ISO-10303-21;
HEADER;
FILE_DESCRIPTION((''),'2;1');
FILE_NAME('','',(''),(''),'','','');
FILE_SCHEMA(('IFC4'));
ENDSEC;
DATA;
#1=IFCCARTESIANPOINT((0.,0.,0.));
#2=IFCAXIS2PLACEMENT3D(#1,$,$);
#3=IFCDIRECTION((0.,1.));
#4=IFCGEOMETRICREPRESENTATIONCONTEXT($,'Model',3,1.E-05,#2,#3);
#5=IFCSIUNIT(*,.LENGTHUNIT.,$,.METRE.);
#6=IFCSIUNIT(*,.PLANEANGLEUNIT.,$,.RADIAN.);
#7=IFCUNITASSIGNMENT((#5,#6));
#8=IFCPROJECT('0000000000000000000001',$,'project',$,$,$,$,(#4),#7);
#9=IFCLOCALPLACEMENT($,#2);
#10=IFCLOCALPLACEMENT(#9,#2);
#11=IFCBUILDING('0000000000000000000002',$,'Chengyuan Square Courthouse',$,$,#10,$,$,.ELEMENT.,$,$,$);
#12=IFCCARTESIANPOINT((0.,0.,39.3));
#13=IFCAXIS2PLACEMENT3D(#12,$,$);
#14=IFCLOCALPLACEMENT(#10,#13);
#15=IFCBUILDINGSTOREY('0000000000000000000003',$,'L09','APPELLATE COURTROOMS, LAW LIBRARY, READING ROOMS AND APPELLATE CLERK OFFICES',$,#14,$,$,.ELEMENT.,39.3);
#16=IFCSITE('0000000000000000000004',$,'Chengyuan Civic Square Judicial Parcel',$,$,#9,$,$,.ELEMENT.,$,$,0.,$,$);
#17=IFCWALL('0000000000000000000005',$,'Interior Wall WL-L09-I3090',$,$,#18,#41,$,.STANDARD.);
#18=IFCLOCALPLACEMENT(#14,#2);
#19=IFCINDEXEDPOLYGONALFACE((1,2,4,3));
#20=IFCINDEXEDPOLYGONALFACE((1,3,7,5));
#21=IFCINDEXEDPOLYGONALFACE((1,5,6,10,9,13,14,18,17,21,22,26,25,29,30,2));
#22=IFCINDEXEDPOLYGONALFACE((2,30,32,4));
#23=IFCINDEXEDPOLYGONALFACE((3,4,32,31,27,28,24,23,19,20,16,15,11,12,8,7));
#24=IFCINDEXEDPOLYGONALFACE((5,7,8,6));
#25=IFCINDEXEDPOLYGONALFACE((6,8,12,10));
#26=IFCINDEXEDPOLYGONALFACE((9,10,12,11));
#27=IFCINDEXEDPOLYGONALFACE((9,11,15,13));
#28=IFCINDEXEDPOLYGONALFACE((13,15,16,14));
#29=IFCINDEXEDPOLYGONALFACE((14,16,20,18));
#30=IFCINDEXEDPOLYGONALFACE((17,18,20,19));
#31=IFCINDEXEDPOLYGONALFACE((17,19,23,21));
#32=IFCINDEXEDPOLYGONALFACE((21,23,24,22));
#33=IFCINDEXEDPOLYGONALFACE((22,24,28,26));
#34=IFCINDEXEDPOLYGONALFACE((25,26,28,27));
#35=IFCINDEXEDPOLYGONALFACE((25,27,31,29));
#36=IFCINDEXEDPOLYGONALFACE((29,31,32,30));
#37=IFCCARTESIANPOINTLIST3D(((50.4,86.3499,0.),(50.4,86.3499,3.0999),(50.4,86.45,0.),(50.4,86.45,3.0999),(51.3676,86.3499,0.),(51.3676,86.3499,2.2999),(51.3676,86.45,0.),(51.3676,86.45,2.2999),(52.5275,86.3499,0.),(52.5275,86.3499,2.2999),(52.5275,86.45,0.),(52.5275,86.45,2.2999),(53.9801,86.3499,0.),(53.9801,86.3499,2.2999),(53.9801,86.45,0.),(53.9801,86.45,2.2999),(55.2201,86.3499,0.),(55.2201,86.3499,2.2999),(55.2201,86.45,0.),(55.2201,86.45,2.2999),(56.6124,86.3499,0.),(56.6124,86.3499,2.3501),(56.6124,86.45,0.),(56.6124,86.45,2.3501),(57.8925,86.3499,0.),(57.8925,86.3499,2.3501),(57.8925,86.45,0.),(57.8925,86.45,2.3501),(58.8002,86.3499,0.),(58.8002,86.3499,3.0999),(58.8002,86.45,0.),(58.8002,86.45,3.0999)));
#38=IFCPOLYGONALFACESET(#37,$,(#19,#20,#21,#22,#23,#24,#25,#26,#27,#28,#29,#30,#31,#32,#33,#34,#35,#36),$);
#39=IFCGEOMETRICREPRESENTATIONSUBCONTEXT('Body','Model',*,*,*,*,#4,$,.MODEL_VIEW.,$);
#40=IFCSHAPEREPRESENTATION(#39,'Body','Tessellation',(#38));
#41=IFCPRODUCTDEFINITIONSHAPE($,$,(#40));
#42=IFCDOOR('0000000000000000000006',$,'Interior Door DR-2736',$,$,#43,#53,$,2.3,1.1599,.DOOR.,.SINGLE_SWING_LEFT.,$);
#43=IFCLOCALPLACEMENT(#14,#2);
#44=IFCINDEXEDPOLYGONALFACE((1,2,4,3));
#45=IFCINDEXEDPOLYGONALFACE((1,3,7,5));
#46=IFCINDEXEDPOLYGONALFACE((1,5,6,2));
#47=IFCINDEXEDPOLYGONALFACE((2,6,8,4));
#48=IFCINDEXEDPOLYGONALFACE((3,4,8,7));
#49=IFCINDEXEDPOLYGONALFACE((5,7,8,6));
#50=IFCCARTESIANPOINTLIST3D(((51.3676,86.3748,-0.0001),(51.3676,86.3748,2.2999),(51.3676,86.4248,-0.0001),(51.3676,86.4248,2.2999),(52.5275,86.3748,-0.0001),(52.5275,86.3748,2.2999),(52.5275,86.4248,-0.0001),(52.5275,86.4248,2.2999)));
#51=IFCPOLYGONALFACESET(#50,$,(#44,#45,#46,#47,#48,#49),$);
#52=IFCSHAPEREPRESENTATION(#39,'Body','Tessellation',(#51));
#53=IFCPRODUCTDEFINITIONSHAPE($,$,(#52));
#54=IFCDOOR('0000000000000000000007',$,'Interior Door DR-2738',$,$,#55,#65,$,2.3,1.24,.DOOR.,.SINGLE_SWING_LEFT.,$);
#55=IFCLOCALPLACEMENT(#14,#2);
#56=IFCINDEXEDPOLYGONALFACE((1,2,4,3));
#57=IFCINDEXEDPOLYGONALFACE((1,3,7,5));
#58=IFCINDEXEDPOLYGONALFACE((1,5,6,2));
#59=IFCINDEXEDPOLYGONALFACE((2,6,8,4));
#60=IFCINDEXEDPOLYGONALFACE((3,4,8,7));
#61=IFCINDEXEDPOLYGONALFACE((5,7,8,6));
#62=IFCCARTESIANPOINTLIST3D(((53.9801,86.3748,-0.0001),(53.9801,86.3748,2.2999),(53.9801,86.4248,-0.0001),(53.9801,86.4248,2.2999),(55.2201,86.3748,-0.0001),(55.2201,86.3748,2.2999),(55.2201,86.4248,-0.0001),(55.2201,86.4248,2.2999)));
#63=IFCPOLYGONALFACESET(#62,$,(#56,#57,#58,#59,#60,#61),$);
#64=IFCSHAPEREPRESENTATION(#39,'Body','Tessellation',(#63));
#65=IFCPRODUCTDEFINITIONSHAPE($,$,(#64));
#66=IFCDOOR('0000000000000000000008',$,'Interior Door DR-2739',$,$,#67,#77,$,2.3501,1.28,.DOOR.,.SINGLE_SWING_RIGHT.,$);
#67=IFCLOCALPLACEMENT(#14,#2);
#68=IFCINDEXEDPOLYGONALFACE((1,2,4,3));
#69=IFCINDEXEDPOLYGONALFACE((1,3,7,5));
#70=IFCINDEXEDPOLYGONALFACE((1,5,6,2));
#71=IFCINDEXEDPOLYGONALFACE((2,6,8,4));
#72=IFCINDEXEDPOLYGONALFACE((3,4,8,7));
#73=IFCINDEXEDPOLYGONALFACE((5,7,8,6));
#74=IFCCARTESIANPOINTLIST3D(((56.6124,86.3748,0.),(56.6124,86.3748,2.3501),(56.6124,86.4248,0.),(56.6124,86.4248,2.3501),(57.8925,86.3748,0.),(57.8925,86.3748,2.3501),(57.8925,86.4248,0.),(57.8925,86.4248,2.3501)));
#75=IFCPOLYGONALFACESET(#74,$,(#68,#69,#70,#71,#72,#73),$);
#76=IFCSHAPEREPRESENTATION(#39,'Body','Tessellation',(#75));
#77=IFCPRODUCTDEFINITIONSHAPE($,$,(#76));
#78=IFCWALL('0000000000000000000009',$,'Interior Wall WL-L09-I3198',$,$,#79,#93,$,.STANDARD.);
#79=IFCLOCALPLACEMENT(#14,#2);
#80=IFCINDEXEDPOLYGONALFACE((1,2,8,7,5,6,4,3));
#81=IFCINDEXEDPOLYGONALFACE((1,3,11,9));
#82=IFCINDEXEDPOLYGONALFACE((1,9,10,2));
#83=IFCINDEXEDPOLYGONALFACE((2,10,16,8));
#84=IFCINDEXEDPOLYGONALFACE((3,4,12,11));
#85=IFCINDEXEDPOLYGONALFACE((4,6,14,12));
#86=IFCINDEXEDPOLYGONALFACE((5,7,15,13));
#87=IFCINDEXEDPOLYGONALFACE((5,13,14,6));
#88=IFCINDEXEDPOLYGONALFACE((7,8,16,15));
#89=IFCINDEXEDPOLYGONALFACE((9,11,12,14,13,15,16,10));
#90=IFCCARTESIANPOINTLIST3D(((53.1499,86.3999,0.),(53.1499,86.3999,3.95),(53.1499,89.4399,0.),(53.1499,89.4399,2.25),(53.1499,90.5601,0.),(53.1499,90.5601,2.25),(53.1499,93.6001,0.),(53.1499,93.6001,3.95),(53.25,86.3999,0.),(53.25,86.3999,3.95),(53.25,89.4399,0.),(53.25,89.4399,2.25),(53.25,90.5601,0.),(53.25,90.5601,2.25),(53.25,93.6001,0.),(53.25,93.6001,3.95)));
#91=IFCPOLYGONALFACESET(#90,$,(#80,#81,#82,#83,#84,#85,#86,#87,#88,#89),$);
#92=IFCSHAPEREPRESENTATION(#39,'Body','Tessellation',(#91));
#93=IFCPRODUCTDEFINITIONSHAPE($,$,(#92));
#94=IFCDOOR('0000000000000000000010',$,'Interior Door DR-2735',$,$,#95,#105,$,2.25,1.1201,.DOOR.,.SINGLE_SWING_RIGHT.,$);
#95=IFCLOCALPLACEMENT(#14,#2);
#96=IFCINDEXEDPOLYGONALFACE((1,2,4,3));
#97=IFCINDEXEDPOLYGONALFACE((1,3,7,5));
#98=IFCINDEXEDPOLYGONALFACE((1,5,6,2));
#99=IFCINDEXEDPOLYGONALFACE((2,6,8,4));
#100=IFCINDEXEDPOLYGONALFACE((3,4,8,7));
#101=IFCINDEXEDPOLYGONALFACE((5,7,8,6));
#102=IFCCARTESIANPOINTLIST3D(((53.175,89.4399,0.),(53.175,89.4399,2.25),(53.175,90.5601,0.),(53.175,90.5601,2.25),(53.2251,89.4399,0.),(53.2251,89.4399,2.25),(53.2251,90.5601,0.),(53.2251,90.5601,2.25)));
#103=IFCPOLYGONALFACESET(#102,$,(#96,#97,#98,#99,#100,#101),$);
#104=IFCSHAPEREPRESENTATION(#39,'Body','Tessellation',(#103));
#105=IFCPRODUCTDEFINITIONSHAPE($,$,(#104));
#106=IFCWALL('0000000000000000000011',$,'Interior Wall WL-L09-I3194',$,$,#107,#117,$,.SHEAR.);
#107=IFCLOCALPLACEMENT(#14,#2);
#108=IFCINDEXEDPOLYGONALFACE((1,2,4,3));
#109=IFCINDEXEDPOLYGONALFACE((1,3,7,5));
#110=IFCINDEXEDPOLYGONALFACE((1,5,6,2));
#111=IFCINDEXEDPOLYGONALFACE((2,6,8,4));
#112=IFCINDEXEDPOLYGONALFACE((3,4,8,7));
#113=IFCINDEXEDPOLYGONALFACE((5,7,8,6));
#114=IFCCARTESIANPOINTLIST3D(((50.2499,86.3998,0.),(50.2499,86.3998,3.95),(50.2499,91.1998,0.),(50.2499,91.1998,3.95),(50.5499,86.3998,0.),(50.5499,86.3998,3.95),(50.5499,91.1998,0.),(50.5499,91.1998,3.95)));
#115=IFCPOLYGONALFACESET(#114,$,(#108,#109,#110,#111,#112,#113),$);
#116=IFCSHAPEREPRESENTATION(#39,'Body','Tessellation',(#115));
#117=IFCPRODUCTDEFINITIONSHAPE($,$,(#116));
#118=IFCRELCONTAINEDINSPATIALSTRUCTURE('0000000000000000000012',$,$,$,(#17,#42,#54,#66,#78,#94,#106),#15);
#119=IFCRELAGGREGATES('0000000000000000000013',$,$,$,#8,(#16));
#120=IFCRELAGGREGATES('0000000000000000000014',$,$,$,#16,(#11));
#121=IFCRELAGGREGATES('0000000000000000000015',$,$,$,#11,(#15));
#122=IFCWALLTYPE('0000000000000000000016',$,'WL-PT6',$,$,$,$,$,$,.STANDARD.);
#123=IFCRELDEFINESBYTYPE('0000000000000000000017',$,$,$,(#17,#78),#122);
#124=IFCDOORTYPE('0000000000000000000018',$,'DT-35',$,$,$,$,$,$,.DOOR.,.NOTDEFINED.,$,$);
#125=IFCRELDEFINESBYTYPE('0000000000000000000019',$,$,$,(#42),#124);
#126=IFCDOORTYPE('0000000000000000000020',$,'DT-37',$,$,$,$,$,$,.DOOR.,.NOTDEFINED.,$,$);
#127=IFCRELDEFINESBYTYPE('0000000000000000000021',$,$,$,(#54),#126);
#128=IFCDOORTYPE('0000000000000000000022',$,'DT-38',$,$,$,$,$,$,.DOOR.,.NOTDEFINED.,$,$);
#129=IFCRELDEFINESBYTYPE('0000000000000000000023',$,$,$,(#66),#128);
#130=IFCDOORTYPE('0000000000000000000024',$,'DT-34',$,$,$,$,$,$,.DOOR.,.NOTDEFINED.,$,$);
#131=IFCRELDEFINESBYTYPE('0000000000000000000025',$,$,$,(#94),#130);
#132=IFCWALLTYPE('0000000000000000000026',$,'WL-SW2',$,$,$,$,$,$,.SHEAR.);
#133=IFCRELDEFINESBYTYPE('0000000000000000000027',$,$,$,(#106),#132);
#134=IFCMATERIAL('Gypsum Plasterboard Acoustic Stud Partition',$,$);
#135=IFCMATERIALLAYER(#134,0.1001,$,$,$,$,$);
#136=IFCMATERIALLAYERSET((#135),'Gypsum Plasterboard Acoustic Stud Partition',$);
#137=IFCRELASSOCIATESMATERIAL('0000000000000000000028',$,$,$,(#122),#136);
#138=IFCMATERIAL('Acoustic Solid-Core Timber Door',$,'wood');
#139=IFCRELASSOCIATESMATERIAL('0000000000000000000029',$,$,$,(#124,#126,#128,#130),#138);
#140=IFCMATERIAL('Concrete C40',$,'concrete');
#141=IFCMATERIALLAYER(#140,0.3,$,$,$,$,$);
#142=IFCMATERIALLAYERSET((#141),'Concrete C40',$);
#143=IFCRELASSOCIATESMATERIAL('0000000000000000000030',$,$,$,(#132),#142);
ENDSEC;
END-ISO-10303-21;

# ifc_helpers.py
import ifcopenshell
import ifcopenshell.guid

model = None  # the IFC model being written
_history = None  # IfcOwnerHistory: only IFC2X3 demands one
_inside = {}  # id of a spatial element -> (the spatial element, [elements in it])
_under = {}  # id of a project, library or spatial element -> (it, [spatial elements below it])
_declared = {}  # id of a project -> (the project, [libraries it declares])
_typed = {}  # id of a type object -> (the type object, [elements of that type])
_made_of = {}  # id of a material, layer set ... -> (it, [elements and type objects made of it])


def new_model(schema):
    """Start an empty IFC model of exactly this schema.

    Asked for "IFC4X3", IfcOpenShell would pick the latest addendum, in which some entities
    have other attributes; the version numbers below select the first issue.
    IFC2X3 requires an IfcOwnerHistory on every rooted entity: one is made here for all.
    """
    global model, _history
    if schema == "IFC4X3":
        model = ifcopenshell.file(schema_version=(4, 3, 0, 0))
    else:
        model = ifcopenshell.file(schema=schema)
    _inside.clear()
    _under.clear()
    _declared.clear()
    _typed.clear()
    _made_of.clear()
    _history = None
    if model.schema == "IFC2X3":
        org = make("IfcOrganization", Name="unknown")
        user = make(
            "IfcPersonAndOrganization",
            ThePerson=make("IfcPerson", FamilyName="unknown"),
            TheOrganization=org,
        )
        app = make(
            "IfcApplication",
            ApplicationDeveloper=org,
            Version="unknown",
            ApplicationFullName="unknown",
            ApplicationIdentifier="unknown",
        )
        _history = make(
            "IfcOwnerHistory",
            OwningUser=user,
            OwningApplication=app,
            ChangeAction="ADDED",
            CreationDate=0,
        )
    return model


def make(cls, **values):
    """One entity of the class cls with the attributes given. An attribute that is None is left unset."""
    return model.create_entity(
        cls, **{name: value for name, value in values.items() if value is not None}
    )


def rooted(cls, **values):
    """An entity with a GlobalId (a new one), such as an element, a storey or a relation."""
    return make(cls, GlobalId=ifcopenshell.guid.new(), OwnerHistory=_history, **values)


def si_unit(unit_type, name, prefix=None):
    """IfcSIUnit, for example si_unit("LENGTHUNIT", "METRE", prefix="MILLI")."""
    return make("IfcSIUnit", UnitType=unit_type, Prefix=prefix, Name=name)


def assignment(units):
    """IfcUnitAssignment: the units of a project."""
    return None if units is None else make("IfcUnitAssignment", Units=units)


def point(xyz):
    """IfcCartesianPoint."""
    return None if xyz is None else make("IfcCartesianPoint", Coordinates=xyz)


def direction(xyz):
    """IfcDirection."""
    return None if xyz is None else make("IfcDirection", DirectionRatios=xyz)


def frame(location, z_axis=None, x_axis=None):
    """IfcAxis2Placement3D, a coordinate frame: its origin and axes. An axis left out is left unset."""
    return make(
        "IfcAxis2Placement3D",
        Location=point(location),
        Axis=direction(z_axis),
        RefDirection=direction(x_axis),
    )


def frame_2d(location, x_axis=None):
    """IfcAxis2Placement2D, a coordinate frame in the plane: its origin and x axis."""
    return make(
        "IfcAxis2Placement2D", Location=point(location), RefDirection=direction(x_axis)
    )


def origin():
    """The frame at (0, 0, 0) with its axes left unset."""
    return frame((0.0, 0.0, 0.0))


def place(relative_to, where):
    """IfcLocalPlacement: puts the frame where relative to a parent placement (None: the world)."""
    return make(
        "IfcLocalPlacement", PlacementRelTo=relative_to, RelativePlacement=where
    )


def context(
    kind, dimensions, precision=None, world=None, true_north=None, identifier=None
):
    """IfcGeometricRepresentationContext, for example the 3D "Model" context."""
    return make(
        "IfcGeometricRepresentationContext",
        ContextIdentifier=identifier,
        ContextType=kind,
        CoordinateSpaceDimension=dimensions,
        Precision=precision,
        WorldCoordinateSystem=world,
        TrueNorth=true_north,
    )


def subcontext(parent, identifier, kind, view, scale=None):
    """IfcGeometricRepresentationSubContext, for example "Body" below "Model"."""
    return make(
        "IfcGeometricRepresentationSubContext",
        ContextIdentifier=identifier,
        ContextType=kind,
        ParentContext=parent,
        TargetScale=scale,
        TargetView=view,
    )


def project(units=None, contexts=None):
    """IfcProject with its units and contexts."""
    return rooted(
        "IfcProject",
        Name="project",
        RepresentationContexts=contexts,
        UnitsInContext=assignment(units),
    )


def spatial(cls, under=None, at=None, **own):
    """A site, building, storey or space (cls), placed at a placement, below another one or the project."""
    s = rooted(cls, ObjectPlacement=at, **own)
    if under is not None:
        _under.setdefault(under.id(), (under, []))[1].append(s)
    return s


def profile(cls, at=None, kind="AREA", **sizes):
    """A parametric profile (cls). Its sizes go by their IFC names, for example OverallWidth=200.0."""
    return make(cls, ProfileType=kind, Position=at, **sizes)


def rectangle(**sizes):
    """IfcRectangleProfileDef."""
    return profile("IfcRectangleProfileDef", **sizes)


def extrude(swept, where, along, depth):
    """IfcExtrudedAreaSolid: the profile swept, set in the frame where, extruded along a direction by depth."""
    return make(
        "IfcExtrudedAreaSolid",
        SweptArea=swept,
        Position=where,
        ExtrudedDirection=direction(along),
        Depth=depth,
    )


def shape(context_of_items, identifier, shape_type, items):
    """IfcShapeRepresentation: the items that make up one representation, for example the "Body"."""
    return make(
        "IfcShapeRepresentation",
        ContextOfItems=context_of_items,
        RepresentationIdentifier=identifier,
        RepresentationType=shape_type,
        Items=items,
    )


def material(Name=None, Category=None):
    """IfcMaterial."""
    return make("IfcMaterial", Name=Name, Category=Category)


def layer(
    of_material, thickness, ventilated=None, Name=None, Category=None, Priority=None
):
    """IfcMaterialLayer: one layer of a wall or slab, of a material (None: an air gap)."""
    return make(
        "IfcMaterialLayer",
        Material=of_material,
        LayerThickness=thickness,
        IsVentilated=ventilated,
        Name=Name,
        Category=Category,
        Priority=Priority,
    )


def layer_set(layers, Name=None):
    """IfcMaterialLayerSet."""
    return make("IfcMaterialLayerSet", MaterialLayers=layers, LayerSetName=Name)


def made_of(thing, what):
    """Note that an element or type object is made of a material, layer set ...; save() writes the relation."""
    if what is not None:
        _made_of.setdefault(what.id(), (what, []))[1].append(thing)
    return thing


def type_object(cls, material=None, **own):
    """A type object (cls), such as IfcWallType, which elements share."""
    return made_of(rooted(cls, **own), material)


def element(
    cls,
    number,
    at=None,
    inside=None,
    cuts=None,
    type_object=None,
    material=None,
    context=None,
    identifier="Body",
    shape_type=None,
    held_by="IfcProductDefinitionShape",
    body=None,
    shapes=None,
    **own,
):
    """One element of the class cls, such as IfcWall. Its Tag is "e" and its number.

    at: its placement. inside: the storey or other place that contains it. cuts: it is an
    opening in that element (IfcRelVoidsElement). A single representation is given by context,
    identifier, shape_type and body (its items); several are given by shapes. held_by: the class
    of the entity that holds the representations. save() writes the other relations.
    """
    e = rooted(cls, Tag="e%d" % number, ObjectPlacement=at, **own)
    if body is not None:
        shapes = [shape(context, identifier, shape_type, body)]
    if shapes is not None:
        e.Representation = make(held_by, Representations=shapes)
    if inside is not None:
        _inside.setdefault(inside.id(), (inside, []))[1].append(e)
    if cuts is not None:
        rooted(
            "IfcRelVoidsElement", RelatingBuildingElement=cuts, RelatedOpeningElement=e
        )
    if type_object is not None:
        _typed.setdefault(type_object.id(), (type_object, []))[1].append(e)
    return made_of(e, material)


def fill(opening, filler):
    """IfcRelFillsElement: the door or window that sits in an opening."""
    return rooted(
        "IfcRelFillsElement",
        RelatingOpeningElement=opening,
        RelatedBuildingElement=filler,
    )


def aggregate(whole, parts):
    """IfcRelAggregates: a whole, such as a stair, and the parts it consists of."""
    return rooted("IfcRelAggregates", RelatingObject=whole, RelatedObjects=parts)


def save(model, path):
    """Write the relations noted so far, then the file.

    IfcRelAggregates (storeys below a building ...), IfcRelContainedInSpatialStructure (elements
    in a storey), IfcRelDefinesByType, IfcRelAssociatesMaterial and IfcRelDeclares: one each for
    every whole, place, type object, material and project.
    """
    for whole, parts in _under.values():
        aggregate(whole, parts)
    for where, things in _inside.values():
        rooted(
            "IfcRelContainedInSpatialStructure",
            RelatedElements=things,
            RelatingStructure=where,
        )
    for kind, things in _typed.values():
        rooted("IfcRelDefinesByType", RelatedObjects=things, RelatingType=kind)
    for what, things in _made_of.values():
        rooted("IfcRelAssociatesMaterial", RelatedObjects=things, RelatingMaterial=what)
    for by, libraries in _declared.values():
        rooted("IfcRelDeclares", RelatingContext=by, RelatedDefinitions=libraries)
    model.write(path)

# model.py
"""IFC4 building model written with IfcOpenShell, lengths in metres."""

from ifc_helpers import new_model, si_unit, direction, frame, frame_2d, origin, place, context, subcontext, project, spatial, rectangle, extrude, material, layer, layer_set, type_object, element, fill, save


model = new_model("IFC4")

# Units and contexts
model_context = context("Model", 3, precision=1e-05, world=origin(), true_north=direction((0.0, 1.0)))
body_context = subcontext(model_context, "Body", "Model", "MODEL_VIEW")
ifc_project = project(units=[si_unit("LENGTHUNIT", "METRE"), si_unit("PLANEANGLEUNIT", "RADIAN")], contexts=[model_context])

# Site, building, storey
site_placement = place(None, origin())
site = spatial("IfcSite", under=ifc_project, at=site_placement, Name="Chengyuan Civic Square Judicial Parcel", CompositionType="ELEMENT", RefElevation=0.0)
building_placement = place(site_placement, origin())
building = spatial("IfcBuilding", under=site, at=building_placement, Name="Chengyuan Square Courthouse", CompositionType="ELEMENT")
storey_placement = place(building_placement, frame((0.0, 0.0, 39.3)))
storey = spatial("IfcBuildingStorey", under=building, at=storey_placement, Name="L09", Description="APPELLATE COURTROOMS, LAW LIBRARY, READING ROOMS AND APPELLATE CLERK OFFICES", CompositionType="ELEMENT", Elevation=39.3)

# Shared definitions
ifc_material_1 = material(Name="Concrete C40", Category="concrete")

# Wall, openings, doors
ifc_material_2 = material(Name="Gypsum Plasterboard Acoustic Stud Partition")
ifc_layer_1 = layer(ifc_material_2, 0.1001)
ifc_layer_set_1 = layer_set([ifc_layer_1], Name="Gypsum Plasterboard Acoustic Stud Partition")
wall_type_1 = type_object("IfcWallType", Name="WL-PT6", PredefinedType="STANDARD", material=ifc_layer_set_1)
wall_1_placement = place(storey_placement, frame((50.3999, 86.3999, 0.0), z_axis=(0.0, 0.0, 1.0), x_axis=(1.0, 0.0, 0.0)))
wall_1 = element("IfcWall", 1, at=wall_1_placement, inside=storey, type_object=wall_type_1, Name="Interior Wall WL-L09-I3090", PredefinedType="STANDARD", context=body_context, shape_type="SweptSolid", body=[
    extrude(rectangle(XDim=8.4001, YDim=0.1001, at=frame_2d((4.2002, 0.0))), origin(), (0.0, 0.0, 1.0), 3.0999),
])
opening_1_placement = place(wall_1_placement, frame((0.9675, 0.0, 0.0)))
opening_1 = element("IfcOpeningElement", 2, at=opening_1_placement, cuts=wall_1, PredefinedType="OPENING", context=body_context, shape_type="SweptSolid", body=[
    extrude(rectangle(XDim=1.1599, YDim=2.3, at=frame_2d((0.5801, 1.1499))), frame((0.0, 0.062, 0.0), z_axis=(0.0, -1.0, 0.0), x_axis=(1.0, 0.0, 0.0)), (0.0, 0.0, 1.0), 0.124),
])
opening_2_placement = place(wall_1_placement, frame((3.5801, 0.0, 0.0)))
opening_2 = element("IfcOpeningElement", 3, at=opening_2_placement, cuts=wall_1, PredefinedType="OPENING", context=body_context, shape_type="SweptSolid", body=[
    extrude(rectangle(XDim=1.24, YDim=2.3, at=frame_2d((0.6201, 1.1499))), frame((0.0, 0.062, 0.0), z_axis=(0.0, -1.0, 0.0), x_axis=(1.0, 0.0, 0.0)), (0.0, 0.0, 1.0), 0.124),
])
opening_3_placement = place(wall_1_placement, frame((6.2124, 0.0, 0.0)))
opening_3 = element("IfcOpeningElement", 4, at=opening_3_placement, cuts=wall_1, PredefinedType="OPENING", context=body_context, shape_type="SweptSolid", body=[
    extrude(rectangle(XDim=1.28, YDim=2.3501, at=frame_2d((0.6401, 1.175))), frame((0.0, 0.062, 0.0), z_axis=(0.0, -1.0, 0.0), x_axis=(1.0, 0.0, 0.0)), (0.0, 0.0, 1.0), 0.124),
])
ifc_material_3 = material(Name="Acoustic Solid-Core Timber Door", Category="wood")
door_type_1 = type_object("IfcDoorType", Name="DT-35", OperationType="NOTDEFINED", PredefinedType="DOOR", material=ifc_material_3)
door_1_placement = place(opening_1_placement, origin())
door_1 = element("IfcDoor", 5, at=door_1_placement, inside=storey, type_object=door_type_1, Name="Interior Door DR-2736", OperationType="SINGLE_SWING_LEFT", OverallHeight=2.3, OverallWidth=1.1599, PredefinedType="DOOR", context=body_context, shape_type="SweptSolid", body=[
    extrude(rectangle(XDim=1.1599, YDim=2.3, at=frame_2d((0.5801, 1.1499))), frame((0.0, 0.0249, 0.0), z_axis=(0.0, -1.0, 0.0), x_axis=(1.0, 0.0, 0.0)), (0.0, 0.0, 1.0), 0.05),
])
fill(opening_1, door_1)
door_type_2 = type_object("IfcDoorType", Name="DT-37", OperationType="NOTDEFINED", PredefinedType="DOOR", material=ifc_material_3)
door_2_placement = place(opening_2_placement, origin())
door_2 = element("IfcDoor", 6, at=door_2_placement, inside=storey, type_object=door_type_2, Name="Interior Door DR-2738", OperationType="SINGLE_SWING_LEFT", OverallHeight=2.3, OverallWidth=1.24, PredefinedType="DOOR", context=body_context, shape_type="SweptSolid", body=[
    extrude(rectangle(XDim=1.24, YDim=2.3, at=frame_2d((0.6201, 1.1499))), frame((0.0, 0.0249, 0.0), z_axis=(0.0, -1.0, 0.0), x_axis=(1.0, 0.0, 0.0)), (0.0, 0.0, 1.0), 0.05),
])
fill(opening_2, door_2)
door_type_3 = type_object("IfcDoorType", Name="DT-38", OperationType="NOTDEFINED", PredefinedType="DOOR", material=ifc_material_3)
door_3_placement = place(opening_3_placement, origin())
door_3 = element("IfcDoor", 7, at=door_3_placement, inside=storey, type_object=door_type_3, Name="Interior Door DR-2739", OperationType="SINGLE_SWING_RIGHT", OverallHeight=2.3501, OverallWidth=1.28, PredefinedType="DOOR", context=body_context, shape_type="SweptSolid", body=[
    extrude(rectangle(XDim=1.28, YDim=2.3501, at=frame_2d((0.6401, 1.175))), frame((0.0, 0.0249, 0.0), z_axis=(0.0, -1.0, 0.0), x_axis=(1.0, 0.0, 0.0)), (0.0, 0.0, 1.0), 0.05),
])
fill(opening_3, door_3)

# Wall, opening, door
wall_2_placement = place(storey_placement, frame((53.2, 86.3999, 0.0), z_axis=(0.0, 0.0, 1.0), x_axis=(0.0, 1.0, 0.0)))
wall_2 = element("IfcWall", 8, at=wall_2_placement, inside=storey, type_object=wall_type_1, Name="Interior Wall WL-L09-I3198", PredefinedType="STANDARD", context=body_context, shape_type="SweptSolid", body=[
    extrude(rectangle(XDim=7.2002, YDim=0.1001, at=frame_2d((3.6001, 0.0))), origin(), (0.0, 0.0, 1.0), 3.95),
])
opening_4_placement = place(wall_2_placement, frame((3.04, 0.0, 0.0)))
opening_4 = element("IfcOpeningElement", 9, at=opening_4_placement, cuts=wall_2, PredefinedType="OPENING", context=body_context, shape_type="SweptSolid", body=[
    extrude(rectangle(XDim=1.1201, YDim=2.25, at=frame_2d((0.5601, 1.125))), frame((0.0, 0.062, 0.0), z_axis=(0.0, -1.0, 0.0), x_axis=(1.0, 0.0, 0.0)), (0.0, 0.0, 1.0), 0.124),
])
door_type_4 = type_object("IfcDoorType", Name="DT-34", OperationType="NOTDEFINED", PredefinedType="DOOR", material=ifc_material_3)
door_4_placement = place(opening_4_placement, origin())
door_4 = element("IfcDoor", 10, at=door_4_placement, inside=storey, type_object=door_type_4, Name="Interior Door DR-2735", OperationType="SINGLE_SWING_RIGHT", OverallHeight=2.25, OverallWidth=1.1201, PredefinedType="DOOR", context=body_context, shape_type="SweptSolid", body=[
    extrude(rectangle(XDim=1.1201, YDim=2.25, at=frame_2d((0.5601, 1.125))), frame((0.0, 0.0249, 0.0), z_axis=(0.0, -1.0, 0.0), x_axis=(1.0, 0.0, 0.0)), (0.0, 0.0, 1.0), 0.05),
])
fill(opening_4, door_4)

# Wall
ifc_layer_2 = layer(ifc_material_1, 0.3)
ifc_layer_set_2 = layer_set([ifc_layer_2], Name="Concrete C40")
wall_type_2 = type_object("IfcWallType", Name="WL-SW2", PredefinedType="SHEAR", material=ifc_layer_set_2)
wall_3_placement = place(storey_placement, frame((50.3999, 86.3999, 0.0), z_axis=(0.0, 0.0, 1.0), x_axis=(0.0, 1.0, 0.0)))
element("IfcWall", 11, at=wall_3_placement, inside=storey, type_object=wall_type_2, Name="Interior Wall WL-L09-I3194", PredefinedType="SHEAR", context=body_context, shape_type="SweptSolid", body=[
    extrude(rectangle(XDim=4.8, YDim=0.3, at=frame_2d((2.3999, 0.0))), origin(), (0.0, 0.0, 1.0), 3.95),
])

save(model, "model.ifc")
